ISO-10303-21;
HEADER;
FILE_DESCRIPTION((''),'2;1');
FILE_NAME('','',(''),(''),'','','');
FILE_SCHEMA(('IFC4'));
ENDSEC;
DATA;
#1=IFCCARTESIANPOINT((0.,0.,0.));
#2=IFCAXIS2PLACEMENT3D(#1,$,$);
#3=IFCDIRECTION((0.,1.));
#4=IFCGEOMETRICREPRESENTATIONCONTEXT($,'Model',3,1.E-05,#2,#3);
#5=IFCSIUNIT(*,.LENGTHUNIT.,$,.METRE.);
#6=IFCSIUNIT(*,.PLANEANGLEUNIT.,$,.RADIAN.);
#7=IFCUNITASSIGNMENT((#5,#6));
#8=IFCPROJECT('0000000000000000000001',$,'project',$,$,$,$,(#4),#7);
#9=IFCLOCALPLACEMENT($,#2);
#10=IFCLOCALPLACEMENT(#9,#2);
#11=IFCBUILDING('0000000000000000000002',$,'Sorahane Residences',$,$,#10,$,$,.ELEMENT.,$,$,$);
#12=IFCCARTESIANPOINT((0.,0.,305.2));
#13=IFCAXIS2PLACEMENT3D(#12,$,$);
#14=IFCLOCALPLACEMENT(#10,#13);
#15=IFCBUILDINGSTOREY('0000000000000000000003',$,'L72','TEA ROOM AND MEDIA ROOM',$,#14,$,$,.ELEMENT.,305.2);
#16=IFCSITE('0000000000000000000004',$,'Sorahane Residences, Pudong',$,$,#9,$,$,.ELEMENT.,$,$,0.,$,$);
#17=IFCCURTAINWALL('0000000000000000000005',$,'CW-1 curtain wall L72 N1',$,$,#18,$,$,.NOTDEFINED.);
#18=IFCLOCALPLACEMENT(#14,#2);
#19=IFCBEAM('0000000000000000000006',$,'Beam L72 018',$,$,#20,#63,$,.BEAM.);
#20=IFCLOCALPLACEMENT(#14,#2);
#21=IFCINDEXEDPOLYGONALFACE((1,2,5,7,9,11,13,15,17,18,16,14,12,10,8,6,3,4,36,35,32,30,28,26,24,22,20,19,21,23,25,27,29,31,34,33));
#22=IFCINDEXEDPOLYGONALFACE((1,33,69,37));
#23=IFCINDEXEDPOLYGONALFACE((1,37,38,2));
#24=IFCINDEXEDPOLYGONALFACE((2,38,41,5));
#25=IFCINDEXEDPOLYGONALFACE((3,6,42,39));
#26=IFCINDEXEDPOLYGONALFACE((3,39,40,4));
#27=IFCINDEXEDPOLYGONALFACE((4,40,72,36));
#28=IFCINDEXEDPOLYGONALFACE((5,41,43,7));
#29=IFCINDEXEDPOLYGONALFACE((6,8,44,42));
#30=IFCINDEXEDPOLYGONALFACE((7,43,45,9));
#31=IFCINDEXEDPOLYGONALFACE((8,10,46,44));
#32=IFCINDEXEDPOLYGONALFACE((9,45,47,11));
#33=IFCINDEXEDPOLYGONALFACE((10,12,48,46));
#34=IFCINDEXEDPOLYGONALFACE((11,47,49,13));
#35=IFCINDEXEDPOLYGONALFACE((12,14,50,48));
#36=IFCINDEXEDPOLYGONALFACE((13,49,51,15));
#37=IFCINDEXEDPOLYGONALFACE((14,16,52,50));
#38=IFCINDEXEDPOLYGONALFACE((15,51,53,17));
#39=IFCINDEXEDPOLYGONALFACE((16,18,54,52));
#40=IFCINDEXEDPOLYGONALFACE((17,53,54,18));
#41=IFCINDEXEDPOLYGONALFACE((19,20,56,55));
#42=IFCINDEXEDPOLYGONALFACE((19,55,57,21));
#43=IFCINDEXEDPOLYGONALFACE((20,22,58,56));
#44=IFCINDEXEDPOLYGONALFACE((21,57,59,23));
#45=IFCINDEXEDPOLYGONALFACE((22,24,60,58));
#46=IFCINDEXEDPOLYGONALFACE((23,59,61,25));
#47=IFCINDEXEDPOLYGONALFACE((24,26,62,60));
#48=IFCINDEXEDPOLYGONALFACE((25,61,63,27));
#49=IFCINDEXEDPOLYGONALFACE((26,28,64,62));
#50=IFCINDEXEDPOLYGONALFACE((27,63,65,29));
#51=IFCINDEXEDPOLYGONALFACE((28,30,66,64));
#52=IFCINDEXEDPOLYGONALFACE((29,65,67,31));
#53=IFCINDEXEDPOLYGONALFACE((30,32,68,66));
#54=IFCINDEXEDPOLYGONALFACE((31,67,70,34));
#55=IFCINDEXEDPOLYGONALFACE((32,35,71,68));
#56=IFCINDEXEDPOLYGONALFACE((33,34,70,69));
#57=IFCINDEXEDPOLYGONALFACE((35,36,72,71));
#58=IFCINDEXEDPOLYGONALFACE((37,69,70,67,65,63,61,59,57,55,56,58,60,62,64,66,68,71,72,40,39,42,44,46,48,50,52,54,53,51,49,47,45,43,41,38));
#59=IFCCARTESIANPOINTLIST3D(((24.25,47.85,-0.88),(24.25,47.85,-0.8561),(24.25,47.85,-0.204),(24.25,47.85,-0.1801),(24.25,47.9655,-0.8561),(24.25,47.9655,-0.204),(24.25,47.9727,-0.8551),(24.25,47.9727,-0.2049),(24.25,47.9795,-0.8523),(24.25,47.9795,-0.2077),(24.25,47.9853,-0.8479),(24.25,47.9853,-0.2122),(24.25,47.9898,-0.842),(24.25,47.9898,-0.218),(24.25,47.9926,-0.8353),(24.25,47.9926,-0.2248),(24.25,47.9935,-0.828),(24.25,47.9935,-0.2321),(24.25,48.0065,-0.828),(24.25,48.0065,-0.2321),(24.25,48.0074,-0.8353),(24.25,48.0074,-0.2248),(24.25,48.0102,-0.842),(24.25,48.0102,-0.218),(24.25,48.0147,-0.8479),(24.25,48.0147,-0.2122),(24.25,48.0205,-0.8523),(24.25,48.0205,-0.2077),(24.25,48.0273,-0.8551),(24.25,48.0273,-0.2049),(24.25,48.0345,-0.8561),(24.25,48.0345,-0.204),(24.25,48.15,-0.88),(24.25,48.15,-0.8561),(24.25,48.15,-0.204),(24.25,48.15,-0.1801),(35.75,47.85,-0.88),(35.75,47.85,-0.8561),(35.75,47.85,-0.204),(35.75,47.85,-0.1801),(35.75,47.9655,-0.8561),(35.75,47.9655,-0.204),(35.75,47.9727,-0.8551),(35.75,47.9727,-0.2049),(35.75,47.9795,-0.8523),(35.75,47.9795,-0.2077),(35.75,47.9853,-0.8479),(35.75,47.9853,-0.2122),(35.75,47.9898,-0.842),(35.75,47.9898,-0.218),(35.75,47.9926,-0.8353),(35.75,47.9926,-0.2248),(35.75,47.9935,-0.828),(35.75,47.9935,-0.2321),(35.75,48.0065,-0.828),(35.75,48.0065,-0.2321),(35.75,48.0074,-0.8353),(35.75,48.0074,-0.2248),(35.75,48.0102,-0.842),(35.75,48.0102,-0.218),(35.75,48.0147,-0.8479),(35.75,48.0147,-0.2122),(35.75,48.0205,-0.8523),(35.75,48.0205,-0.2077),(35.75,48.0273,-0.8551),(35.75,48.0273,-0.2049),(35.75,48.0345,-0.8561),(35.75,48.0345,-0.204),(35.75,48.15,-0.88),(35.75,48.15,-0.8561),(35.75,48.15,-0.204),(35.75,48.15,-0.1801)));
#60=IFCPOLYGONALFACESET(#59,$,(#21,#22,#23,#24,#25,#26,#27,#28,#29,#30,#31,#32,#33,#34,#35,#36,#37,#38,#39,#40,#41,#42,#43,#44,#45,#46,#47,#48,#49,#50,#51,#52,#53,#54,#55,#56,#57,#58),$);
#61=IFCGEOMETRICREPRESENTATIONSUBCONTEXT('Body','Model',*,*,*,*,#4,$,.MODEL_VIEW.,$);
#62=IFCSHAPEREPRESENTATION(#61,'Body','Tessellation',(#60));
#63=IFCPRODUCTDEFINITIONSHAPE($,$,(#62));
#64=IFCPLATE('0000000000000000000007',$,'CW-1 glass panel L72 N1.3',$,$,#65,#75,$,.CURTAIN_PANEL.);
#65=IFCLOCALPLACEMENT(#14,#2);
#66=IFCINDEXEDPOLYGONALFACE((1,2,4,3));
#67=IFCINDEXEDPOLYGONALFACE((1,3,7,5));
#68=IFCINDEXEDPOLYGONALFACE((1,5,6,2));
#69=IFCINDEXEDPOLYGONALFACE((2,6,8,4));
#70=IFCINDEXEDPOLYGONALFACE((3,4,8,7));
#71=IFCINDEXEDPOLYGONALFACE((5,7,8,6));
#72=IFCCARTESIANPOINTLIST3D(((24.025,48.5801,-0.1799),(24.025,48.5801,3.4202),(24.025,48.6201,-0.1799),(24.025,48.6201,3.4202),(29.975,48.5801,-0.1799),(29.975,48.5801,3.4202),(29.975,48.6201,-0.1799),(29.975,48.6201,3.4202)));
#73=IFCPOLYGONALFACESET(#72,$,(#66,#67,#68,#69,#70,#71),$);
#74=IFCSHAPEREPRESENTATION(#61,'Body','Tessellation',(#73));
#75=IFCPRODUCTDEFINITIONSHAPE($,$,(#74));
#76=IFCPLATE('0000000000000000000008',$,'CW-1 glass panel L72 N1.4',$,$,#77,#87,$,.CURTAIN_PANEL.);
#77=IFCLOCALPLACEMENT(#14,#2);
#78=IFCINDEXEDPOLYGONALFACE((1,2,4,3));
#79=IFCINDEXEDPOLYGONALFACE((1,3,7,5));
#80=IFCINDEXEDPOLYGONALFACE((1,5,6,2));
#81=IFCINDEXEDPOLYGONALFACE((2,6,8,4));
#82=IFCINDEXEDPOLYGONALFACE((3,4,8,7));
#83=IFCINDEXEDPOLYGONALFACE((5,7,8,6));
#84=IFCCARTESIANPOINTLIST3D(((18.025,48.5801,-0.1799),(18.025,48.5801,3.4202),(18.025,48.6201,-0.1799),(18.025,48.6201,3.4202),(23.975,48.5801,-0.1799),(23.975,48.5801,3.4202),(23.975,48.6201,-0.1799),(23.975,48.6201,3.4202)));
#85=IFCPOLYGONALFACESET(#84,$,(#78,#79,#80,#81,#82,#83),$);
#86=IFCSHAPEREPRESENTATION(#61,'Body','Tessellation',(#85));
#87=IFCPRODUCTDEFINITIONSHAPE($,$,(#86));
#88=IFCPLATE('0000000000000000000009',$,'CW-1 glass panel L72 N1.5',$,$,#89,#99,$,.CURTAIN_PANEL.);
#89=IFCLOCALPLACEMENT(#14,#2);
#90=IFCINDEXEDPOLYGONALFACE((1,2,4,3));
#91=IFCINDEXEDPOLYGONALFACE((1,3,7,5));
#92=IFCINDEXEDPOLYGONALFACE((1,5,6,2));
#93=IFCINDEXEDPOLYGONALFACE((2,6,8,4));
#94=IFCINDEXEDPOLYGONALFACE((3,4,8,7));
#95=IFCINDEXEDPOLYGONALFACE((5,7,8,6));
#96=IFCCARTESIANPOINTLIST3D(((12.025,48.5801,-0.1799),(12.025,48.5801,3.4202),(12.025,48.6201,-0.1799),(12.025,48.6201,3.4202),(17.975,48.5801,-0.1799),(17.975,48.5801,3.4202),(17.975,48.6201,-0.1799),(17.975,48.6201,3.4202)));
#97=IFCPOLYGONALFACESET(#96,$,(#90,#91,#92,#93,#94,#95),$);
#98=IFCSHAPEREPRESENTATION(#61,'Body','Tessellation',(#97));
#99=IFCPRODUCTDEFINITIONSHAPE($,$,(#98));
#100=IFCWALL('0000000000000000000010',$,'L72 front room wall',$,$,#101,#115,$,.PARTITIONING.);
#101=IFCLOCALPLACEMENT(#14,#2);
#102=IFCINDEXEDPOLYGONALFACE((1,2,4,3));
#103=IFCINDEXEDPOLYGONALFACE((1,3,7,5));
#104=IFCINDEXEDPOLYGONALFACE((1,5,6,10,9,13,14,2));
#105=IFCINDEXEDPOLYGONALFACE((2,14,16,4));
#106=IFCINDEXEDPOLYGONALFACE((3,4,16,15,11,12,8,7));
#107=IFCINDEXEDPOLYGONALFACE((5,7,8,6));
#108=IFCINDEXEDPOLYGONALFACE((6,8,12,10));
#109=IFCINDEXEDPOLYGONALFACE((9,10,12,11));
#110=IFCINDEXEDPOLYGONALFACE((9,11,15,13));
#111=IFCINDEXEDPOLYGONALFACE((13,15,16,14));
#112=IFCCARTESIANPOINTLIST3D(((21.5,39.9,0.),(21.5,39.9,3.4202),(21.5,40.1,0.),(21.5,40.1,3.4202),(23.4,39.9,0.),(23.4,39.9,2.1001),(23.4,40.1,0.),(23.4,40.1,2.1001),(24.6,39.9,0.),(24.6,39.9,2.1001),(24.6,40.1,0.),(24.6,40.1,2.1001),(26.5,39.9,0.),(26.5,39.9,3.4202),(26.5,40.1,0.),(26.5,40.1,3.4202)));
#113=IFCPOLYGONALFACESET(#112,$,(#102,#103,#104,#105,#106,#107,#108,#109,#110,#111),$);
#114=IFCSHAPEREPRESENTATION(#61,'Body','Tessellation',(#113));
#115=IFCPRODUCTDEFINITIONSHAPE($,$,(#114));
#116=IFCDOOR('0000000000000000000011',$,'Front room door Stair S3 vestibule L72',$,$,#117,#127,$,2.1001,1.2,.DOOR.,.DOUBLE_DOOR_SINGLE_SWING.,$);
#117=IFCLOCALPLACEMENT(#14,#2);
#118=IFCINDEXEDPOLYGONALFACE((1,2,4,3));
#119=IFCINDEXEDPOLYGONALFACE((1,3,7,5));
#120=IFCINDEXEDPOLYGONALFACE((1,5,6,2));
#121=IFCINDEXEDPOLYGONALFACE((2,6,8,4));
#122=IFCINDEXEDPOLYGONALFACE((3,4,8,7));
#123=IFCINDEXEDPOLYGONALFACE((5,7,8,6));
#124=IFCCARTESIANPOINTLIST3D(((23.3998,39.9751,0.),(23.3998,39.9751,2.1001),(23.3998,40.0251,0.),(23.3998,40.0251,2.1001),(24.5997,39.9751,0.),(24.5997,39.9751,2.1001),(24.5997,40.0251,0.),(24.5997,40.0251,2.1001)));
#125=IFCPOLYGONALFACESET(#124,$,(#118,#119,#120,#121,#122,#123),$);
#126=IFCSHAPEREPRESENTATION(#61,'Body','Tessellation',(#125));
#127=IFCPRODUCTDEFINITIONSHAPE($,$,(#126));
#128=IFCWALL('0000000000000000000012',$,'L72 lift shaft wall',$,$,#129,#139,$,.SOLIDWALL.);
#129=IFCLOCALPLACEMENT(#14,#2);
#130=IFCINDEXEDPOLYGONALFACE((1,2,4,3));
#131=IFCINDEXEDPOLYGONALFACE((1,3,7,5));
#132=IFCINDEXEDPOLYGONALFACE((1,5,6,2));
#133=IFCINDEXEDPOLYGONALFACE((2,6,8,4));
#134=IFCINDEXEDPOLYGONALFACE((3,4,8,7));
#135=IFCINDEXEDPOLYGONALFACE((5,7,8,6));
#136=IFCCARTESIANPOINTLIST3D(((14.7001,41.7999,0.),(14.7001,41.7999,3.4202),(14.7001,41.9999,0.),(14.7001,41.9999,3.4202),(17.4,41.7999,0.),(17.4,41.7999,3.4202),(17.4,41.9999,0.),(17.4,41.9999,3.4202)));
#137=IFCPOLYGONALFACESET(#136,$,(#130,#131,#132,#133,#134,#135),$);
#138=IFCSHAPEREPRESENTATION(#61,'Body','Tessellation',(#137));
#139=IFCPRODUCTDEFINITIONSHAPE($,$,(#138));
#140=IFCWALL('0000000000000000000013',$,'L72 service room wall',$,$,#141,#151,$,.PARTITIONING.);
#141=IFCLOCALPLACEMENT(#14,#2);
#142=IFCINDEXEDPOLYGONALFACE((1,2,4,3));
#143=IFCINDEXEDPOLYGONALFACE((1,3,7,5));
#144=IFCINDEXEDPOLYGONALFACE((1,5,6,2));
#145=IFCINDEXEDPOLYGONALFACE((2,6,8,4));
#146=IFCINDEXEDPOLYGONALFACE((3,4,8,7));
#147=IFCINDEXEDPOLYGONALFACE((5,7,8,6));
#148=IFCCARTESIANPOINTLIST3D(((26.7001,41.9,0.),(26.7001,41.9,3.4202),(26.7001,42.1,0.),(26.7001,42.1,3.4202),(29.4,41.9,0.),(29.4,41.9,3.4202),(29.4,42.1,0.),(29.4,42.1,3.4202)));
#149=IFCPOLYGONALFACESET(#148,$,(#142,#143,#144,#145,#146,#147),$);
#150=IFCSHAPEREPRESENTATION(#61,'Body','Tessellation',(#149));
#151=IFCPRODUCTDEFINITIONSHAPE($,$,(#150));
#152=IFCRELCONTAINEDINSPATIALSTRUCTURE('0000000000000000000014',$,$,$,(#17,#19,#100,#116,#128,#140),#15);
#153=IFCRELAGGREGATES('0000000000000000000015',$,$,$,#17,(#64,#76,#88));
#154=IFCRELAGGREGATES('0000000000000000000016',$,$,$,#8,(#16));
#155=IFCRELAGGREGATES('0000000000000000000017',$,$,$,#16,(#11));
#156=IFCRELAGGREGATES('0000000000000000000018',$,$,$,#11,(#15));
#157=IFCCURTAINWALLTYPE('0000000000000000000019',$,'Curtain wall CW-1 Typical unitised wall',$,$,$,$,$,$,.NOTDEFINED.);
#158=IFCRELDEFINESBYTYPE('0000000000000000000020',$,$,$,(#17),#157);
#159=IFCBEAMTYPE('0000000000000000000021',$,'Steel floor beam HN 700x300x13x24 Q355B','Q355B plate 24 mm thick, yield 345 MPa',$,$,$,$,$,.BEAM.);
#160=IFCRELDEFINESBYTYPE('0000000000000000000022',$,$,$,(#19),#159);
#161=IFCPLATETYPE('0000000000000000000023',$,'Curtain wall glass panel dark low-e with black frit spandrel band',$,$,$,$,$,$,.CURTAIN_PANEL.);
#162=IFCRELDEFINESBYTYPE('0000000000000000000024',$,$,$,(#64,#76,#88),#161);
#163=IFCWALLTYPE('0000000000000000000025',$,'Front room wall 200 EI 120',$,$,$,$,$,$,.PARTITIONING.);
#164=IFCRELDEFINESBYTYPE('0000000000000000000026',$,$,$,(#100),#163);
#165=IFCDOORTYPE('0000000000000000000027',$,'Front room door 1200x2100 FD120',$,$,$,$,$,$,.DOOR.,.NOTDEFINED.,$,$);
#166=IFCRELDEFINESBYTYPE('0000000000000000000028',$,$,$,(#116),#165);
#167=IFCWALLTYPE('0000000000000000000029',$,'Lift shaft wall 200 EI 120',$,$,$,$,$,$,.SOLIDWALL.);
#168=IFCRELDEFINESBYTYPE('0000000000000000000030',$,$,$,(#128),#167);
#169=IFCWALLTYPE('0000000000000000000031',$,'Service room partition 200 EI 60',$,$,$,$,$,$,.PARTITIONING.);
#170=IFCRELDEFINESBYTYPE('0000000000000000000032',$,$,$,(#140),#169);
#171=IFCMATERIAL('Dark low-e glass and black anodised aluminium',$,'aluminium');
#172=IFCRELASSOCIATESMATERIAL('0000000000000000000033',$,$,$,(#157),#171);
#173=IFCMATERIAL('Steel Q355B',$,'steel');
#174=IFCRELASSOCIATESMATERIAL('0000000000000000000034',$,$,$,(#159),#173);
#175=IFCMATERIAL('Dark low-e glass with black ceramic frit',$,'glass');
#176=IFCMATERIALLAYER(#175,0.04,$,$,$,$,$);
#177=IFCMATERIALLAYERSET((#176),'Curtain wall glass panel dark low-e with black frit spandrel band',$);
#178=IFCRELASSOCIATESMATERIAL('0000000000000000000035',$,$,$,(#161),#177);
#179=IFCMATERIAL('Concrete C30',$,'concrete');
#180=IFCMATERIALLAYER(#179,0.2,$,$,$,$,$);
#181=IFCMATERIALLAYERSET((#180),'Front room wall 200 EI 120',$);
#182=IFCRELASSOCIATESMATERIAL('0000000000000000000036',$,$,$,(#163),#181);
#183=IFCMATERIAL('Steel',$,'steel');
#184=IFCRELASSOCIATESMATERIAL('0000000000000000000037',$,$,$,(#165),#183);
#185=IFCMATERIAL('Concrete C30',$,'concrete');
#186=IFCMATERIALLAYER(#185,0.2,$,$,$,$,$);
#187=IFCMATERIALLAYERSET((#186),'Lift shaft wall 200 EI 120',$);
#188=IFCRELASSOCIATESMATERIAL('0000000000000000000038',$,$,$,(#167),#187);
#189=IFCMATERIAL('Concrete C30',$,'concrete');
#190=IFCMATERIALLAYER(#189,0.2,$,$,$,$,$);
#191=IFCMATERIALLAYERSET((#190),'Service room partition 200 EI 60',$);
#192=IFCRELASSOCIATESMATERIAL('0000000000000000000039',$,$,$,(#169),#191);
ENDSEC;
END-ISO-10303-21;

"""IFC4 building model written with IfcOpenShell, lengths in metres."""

from ifc_helpers import new_model, si_unit, direction, frame, frame_2d, origin, origin_2d, place, context, subcontext, project, spatial, rectangle, i_section, extrude, material, layer, layer_set, material_profile, profile_set, type_object, element, fill, aggregate, save


model = new_model("IFC4")

# Units and contexts
model_context = context("Model", 3, precision=1e-05, world=origin(), true_north=direction((0.0, 1.0)))
body_context = subcontext(model_context, "Body", "Model", "MODEL_VIEW")
ifc_project = project(units=[si_unit("LENGTHUNIT", "METRE"), si_unit("PLANEANGLEUNIT", "RADIAN")], contexts=[model_context])

# Site, building, storey
site_placement = place(None, origin())
site = spatial("IfcSite", under=ifc_project, at=site_placement, Name="Sorahane Residences, Pudong", CompositionType="ELEMENT", RefElevation=0.0)
building_placement = place(site_placement, origin())
building = spatial("IfcBuilding", under=site, at=building_placement, Name="Sorahane Residences", CompositionType="ELEMENT")
storey_placement = place(building_placement, frame((0.0, 0.0, 305.2)))
storey = spatial("IfcBuildingStorey", under=building, at=storey_placement, Name="L72", Description="TEA ROOM AND MEDIA ROOM", CompositionType="ELEMENT", Elevation=305.2)

# Curtain wall
ifc_material_1 = material(Name="Dark low-e glass and black anodised aluminium", Category="aluminium")
curtain_wall_type = type_object("IfcCurtainWallType", Name="Curtain wall CW-1 Typical unitised wall", PredefinedType="NOTDEFINED", material=ifc_material_1)
curtain_wall_placement = place(storey_placement, origin())
curtain_wall = element("IfcCurtainWall", 1, at=curtain_wall_placement, inside=storey, type_object=curtain_wall_type, Name="CW-1 curtain wall L72 N1", PredefinedType="NOTDEFINED")

# Beam
ifc_material_2 = material(Name="Steel Q355B", Category="steel")
ifc_material_profile_1 = material_profile(ifc_material_2, i_section(OverallWidth=0.3, OverallDepth=0.7, WebThickness=0.0129, FlangeThickness=0.0239, FilletRadius=0.0281, at=origin_2d()), Name="HN 700x300x13x24")
ifc_profile_set_1 = profile_set([ifc_material_profile_1], Name="Steel Q355B")
beam_type_1 = type_object("IfcBeamType", Name="Steel floor beam HN 700x300x13x24 Q355B", Description="Q355B plate 24 mm thick, yield 345 MPa", PredefinedType="BEAM", material=ifc_profile_set_1)
beam_1_placement = place(storey_placement, frame((24.25, 48.0, -0.53), z_axis=(1.0, 0.0, 0.0), x_axis=(0.0, 1.0, 0.0)))
element("IfcBeam", 2, at=beam_1_placement, inside=storey, type_object=beam_type_1, Name="Beam L72 018", PredefinedType="BEAM", context=body_context, shape_type="SweptSolid", body=[
    extrude(i_section(OverallWidth=0.3, OverallDepth=0.7, WebThickness=0.0129, FlangeThickness=0.0239, FilletRadius=0.0281, at=origin_2d()), origin(), (0.0, 0.0, 1.0), 11.5),
])

# Plates
ifc_material_3 = material(Name="Dark low-e glass with black ceramic frit", Category="glass")
ifc_layer_1 = layer(ifc_material_3, 0.04)
ifc_layer_set_1 = layer_set([ifc_layer_1], Name="Curtain wall glass panel dark low-e with black frit spandrel band")
plate_type = type_object("IfcPlateType", Name="Curtain wall glass panel dark low-e with black frit spandrel band", PredefinedType="CURTAIN_PANEL", material=ifc_layer_set_1)
plate_1_placement = place(storey_placement, frame((27.0, 48.6001, -0.1799), z_axis=(0.0, 0.0, 1.0), x_axis=(-1.0, 0.0, 0.0)))
plate_1 = element("IfcPlate", 3, at=plate_1_placement, type_object=plate_type, Name="CW-1 glass panel L72 N1.3", PredefinedType="CURTAIN_PANEL", context=body_context, shape_type="SweptSolid", body=[
    extrude(rectangle(XDim=5.95, YDim=0.04, at=origin_2d()), origin(), (0.0, 0.0, 1.0), 3.6001),
])
plate_2_placement = place(storey_placement, frame((21.0, 48.6001, -0.1799), z_axis=(0.0, 0.0, 1.0), x_axis=(-1.0, 0.0, 0.0)))
plate_2 = element("IfcPlate", 4, at=plate_2_placement, type_object=plate_type, Name="CW-1 glass panel L72 N1.4", PredefinedType="CURTAIN_PANEL", context=body_context, shape_type="SweptSolid", body=[
    extrude(rectangle(XDim=5.95, YDim=0.04, at=origin_2d()), origin(), (0.0, 0.0, 1.0), 3.6001),
])
plate_3_placement = place(storey_placement, frame((15.0, 48.6001, -0.1799), z_axis=(0.0, 0.0, 1.0), x_axis=(-1.0, 0.0, 0.0)))
plate_3 = element("IfcPlate", 5, at=plate_3_placement, type_object=plate_type, Name="CW-1 glass panel L72 N1.5", PredefinedType="CURTAIN_PANEL", context=body_context, shape_type="SweptSolid", body=[
    extrude(rectangle(XDim=5.95, YDim=0.04, at=origin_2d()), origin(), (0.0, 0.0, 1.0), 3.6001),
])
aggregate(curtain_wall, [plate_1, plate_2, plate_3])

# Wall, opening, door
ifc_material_4 = material(Name="Concrete C30", Category="concrete")
ifc_layer_2 = layer(ifc_material_4, 0.2)
ifc_layer_set_2 = layer_set([ifc_layer_2], Name="Front room wall 200 EI 120")
wall_type_1 = type_object("IfcWallType", Name="Front room wall 200 EI 120", PredefinedType="PARTITIONING", material=ifc_layer_set_2)
wall_1_placement = place(storey_placement, frame((21.5, 40.0, 0.0), z_axis=(0.0, 0.0, 1.0), x_axis=(1.0, 0.0, 0.0)))
wall_1 = element("IfcWall", 6, at=wall_1_placement, inside=storey, type_object=wall_type_1, Name="L72 front room wall", PredefinedType="PARTITIONING", context=body_context, shape_type="SweptSolid", body=[
    extrude(rectangle(XDim=5.0, YDim=0.2, at=frame_2d((2.5, 0.0))), origin(), (0.0, 0.0, 1.0), 3.4202),
])
opening_placement = place(wall_1_placement, frame((1.8999, 0.0, 0.0)))
opening = element("IfcOpeningElement", 7, at=opening_placement, cuts=wall_1, PredefinedType="OPENING", context=body_context, shape_type="SweptSolid", body=[
    extrude(rectangle(XDim=1.2, YDim=2.1001, at=frame_2d((0.6001, 1.05))), frame((0.0, 0.1099, 0.0), z_axis=(0.0, -1.0, 0.0), x_axis=(1.0, 0.0, 0.0)), (0.0, 0.0, 1.0), 0.22),
])
ifc_material_5 = material(Name="Steel", Category="steel")
door_type = type_object("IfcDoorType", Name="Front room door 1200x2100 FD120", OperationType="NOTDEFINED", PredefinedType="DOOR", material=ifc_material_5)
door_placement = place(opening_placement, frame((1.2, 0.0, 0.0), z_axis=(0.0, 0.0, 1.0), x_axis=(-1.0, 0.0, 0.0)))
door = element("IfcDoor", 8, at=door_placement, inside=storey, type_object=door_type, Name="Front room door Stair S3 vestibule L72", OperationType="DOUBLE_DOOR_SINGLE_SWING", OverallHeight=2.1001, OverallWidth=1.2, PredefinedType="DOOR", context=body_context, shape_type="SweptSolid", body=[
    extrude(rectangle(XDim=1.2, YDim=2.1001, at=frame_2d((0.6001, 1.05))), frame((0.0, 0.0249, 0.0), z_axis=(0.0, -1.0, 0.0), x_axis=(1.0, 0.0, 0.0)), (0.0, 0.0, 1.0), 0.05),
])
fill(opening, door)

# Walls
ifc_material_6 = material(Name="Concrete C30", Category="concrete")
ifc_layer_3 = layer(ifc_material_6, 0.2)
ifc_layer_set_3 = layer_set([ifc_layer_3], Name="Lift shaft wall 200 EI 120")
wall_type_2 = type_object("IfcWallType", Name="Lift shaft wall 200 EI 120", PredefinedType="SOLIDWALL", material=ifc_layer_set_3)
wall_2_placement = place(storey_placement, frame((14.7, 41.8999, 0.0), z_axis=(0.0, 0.0, 1.0), x_axis=(1.0, 0.0, 0.0)))
element("IfcWall", 9, at=wall_2_placement, inside=storey, type_object=wall_type_2, Name="L72 lift shaft wall", PredefinedType="SOLIDWALL", context=body_context, shape_type="SweptSolid", body=[
    extrude(rectangle(XDim=2.7, YDim=0.2, at=frame_2d((1.3501, 0.0))), origin(), (0.0, 0.0, 1.0), 3.4202),
])
ifc_material_7 = material(Name="Concrete C30", Category="concrete")
ifc_layer_4 = layer(ifc_material_7, 0.2)
ifc_layer_set_4 = layer_set([ifc_layer_4], Name="Service room partition 200 EI 60")
wall_type_3 = type_object("IfcWallType", Name="Service room partition 200 EI 60", PredefinedType="PARTITIONING", material=ifc_layer_set_4)
wall_3_placement = place(storey_placement, frame((26.7, 42.0, 0.0), z_axis=(0.0, 0.0, 1.0), x_axis=(1.0, 0.0, 0.0)))
element("IfcWall", 10, at=wall_3_placement, inside=storey, type_object=wall_type_3, Name="L72 service room wall", PredefinedType="PARTITIONING", context=body_context, shape_type="SweptSolid", body=[
    extrude(rectangle(XDim=2.7, YDim=0.2, at=frame_2d((1.3501, 0.0))), origin(), (0.0, 0.0, 1.0), 3.4202),
])

save(model, "model.ifc")
